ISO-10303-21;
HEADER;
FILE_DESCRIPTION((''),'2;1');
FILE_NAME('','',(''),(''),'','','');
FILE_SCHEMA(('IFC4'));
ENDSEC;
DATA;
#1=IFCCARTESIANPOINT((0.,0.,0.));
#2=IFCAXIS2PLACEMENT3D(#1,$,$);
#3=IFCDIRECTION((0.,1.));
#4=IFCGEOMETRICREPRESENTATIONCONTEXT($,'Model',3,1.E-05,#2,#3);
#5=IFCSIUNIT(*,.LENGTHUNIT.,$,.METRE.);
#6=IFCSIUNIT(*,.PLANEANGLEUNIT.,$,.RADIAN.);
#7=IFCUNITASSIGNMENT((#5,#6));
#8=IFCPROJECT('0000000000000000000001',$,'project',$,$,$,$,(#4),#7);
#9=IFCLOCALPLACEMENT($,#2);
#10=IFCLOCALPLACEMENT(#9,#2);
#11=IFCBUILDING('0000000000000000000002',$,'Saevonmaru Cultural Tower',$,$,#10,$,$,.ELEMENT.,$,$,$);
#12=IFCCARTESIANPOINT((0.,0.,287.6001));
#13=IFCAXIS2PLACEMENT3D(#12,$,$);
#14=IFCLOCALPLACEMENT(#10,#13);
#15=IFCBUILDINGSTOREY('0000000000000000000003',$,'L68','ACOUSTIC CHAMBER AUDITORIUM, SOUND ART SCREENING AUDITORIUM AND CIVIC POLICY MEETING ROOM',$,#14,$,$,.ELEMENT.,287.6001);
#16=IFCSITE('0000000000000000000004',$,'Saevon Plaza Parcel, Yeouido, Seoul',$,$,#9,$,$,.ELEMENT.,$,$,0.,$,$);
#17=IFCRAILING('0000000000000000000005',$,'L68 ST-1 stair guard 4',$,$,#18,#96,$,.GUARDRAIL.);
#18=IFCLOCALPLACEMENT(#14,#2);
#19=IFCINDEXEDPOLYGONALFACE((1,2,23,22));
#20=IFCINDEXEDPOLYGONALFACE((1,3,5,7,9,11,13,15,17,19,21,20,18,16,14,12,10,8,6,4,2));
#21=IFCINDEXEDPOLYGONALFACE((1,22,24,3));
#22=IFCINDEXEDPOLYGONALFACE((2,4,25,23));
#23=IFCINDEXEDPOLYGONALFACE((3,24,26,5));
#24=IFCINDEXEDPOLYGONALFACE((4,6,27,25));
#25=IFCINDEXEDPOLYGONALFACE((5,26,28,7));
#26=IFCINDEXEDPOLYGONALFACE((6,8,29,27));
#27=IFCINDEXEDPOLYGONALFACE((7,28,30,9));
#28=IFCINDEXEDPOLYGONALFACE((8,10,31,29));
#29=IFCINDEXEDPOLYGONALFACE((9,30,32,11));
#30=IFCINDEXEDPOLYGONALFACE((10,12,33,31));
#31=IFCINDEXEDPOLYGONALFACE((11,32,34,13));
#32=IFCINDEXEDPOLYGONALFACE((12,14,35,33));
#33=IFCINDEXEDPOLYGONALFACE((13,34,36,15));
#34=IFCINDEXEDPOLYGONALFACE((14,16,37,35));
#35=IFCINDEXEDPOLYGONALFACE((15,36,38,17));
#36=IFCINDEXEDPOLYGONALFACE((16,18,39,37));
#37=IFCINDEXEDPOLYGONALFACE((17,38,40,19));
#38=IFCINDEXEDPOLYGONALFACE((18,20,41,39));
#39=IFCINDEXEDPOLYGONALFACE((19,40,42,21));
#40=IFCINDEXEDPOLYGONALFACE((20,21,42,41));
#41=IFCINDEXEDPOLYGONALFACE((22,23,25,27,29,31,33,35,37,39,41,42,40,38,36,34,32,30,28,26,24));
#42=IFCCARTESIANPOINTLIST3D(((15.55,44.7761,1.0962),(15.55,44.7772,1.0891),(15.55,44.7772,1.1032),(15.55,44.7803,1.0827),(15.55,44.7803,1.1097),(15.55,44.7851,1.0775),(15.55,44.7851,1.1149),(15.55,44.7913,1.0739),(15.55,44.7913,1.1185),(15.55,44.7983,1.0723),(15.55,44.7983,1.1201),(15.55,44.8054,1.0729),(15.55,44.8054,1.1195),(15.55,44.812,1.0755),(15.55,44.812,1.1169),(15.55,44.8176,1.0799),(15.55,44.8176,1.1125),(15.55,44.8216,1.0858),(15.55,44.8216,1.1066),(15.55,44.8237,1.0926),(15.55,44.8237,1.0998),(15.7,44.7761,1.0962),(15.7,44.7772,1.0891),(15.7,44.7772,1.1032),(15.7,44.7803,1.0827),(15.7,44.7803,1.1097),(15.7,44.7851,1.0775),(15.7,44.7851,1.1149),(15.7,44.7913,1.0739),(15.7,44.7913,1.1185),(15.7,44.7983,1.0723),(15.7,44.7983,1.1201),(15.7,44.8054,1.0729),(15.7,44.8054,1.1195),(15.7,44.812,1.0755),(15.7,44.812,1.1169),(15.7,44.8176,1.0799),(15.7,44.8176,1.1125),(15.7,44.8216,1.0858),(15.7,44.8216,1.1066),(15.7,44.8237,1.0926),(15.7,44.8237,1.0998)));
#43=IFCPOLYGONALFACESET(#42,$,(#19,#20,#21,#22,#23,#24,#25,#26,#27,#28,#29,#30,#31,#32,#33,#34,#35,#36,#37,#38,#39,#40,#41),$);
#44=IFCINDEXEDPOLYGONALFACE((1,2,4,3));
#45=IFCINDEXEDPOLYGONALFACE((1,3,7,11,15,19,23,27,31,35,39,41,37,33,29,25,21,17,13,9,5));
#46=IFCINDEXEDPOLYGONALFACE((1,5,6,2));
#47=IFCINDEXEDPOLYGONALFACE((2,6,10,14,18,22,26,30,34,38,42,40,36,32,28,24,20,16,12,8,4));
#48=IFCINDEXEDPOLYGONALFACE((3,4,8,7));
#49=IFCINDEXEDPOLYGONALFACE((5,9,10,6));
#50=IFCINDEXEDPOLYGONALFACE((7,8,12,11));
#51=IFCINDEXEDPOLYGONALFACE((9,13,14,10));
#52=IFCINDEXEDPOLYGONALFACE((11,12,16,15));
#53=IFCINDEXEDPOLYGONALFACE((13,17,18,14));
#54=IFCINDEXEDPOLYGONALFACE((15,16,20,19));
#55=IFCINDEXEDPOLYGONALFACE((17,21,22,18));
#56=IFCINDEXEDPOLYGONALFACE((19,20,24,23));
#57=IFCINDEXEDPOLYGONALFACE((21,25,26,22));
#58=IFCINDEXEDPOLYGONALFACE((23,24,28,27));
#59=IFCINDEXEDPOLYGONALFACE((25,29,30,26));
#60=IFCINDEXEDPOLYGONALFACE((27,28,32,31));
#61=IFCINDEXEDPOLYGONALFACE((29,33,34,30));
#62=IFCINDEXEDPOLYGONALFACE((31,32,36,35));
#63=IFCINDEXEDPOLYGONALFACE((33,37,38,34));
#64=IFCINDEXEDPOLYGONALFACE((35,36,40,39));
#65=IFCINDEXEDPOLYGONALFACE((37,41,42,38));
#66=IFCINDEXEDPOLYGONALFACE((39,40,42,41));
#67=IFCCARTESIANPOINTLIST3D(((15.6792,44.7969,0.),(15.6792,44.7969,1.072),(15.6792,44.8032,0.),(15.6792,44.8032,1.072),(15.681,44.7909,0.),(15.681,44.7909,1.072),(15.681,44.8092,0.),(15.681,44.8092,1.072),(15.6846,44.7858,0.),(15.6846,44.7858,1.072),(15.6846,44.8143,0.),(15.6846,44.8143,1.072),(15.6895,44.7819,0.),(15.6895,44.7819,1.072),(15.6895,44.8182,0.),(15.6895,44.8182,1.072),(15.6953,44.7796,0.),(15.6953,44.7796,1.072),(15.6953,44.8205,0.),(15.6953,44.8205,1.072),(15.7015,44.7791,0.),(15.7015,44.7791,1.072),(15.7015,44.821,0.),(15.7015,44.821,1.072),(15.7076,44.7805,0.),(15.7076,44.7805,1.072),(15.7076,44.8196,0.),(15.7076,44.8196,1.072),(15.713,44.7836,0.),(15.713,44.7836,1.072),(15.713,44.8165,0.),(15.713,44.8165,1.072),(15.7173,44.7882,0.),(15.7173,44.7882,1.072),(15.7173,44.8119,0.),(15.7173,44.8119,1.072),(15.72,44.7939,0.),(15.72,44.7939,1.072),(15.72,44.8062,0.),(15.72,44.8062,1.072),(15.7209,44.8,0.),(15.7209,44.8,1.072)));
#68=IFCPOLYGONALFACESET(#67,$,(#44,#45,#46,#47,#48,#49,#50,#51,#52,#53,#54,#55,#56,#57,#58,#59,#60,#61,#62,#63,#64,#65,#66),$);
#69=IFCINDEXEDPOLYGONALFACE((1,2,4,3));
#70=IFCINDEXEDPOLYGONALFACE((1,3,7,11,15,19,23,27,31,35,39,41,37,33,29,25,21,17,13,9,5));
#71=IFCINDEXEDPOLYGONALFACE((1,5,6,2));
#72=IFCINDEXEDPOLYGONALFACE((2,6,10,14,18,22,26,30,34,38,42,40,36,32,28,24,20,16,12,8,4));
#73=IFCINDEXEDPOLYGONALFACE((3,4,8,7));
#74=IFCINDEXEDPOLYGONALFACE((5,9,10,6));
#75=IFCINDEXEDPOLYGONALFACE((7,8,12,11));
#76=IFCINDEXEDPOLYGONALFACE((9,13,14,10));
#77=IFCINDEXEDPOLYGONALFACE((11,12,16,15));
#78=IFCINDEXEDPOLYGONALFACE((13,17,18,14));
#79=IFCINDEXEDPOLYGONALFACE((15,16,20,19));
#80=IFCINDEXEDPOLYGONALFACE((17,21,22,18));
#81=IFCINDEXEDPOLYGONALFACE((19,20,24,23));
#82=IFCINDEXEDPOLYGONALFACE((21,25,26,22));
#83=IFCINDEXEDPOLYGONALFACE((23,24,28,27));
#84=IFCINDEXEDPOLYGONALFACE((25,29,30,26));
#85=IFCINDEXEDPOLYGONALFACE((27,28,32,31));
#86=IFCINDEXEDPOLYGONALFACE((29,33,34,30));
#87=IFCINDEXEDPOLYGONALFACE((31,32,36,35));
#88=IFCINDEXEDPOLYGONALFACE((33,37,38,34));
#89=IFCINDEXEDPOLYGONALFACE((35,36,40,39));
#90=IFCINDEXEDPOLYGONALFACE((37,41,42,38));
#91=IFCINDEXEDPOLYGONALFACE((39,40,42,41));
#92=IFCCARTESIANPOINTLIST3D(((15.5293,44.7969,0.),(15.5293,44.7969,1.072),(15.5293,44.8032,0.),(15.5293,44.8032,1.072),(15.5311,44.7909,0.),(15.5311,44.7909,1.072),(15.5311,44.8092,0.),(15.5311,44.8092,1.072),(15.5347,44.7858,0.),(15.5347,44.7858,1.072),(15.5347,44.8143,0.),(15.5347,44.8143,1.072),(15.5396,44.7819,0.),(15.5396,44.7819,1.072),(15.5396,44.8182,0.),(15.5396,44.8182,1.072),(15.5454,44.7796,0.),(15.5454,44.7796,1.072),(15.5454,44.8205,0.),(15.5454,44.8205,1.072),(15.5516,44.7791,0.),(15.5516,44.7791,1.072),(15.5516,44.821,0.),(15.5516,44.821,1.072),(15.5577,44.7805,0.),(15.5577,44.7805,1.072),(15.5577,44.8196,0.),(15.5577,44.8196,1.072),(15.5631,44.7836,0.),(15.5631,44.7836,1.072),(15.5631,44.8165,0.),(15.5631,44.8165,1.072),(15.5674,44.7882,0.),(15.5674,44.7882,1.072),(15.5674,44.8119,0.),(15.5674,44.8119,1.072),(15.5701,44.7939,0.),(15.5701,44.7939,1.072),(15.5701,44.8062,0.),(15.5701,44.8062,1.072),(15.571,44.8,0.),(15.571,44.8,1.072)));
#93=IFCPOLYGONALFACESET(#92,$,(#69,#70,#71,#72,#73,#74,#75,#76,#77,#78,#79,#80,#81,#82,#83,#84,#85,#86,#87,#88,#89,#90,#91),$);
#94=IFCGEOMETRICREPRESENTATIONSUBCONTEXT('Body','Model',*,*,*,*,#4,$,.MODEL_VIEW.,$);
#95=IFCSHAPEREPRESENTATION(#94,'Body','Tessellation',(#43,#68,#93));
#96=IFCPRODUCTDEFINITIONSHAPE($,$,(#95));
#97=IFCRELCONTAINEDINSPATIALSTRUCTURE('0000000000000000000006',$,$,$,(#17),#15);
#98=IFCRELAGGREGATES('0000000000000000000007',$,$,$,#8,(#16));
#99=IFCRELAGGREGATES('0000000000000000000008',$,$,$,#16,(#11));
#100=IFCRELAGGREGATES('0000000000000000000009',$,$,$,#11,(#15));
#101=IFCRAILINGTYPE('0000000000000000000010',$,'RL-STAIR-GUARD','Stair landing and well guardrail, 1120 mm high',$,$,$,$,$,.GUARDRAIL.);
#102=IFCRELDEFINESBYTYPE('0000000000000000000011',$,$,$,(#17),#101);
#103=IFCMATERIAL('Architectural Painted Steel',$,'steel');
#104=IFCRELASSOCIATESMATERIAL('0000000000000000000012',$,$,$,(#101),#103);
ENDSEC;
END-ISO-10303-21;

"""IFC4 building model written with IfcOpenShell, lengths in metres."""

from ifc_helpers import new_model, si_unit, direction, frame, origin, origin_2d, place, context, subcontext, project, spatial, circle, extrude, material, type_object, element, save


model = new_model("IFC4")

# Units and contexts
model_context = context("Model", 3, precision=1e-05, world=origin(), true_north=direction((0.0, 1.0)))
body_context = subcontext(model_context, "Body", "Model", "MODEL_VIEW")
ifc_project = project(units=[si_unit("LENGTHUNIT", "METRE"), si_unit("PLANEANGLEUNIT", "RADIAN")], contexts=[model_context])

# Site, building, storey
site_placement = place(None, origin())
site = spatial("IfcSite", under=ifc_project, at=site_placement, Name="Saevon Plaza Parcel, Yeouido, Seoul", CompositionType="ELEMENT", RefElevation=0.0)
building_placement = place(site_placement, origin())
building = spatial("IfcBuilding", under=site, at=building_placement, Name="Saevonmaru Cultural Tower", CompositionType="ELEMENT")
storey_placement = place(building_placement, frame((0.0, 0.0, 287.6001)))
storey = spatial("IfcBuildingStorey", under=building, at=storey_placement, Name="L68", Description="ACOUSTIC CHAMBER AUDITORIUM, SOUND ART SCREENING AUDITORIUM AND CIVIC POLICY MEETING ROOM", CompositionType="ELEMENT", Elevation=287.6001)

# Railing
ifc_material_1 = material(Name="Architectural Painted Steel", Category="steel")
railing_type = type_object("IfcRailingType", Name="RL-STAIR-GUARD", Description="Stair landing and well guardrail, 1120 mm high", PredefinedType="GUARDRAIL", material=ifc_material_1)
railing_1_placement = place(storey_placement, frame((15.7, 44.8, 0.0)))
element("IfcRailing", 1, at=railing_1_placement, inside=storey, type_object=railing_type, Name="L68 ST-1 stair guard 4", PredefinedType="GUARDRAIL", context=body_context, shape_type="SweptSolid", body=[
    extrude(circle(Radius=0.0239, at=origin_2d()), frame((0.0, 0.0, 1.0962), z_axis=(-1.0, 0.0, 0.0), x_axis=(0.0, -1.0, 0.0)), (0.0, 0.0, 1.0), 0.1499),
    extrude(circle(Radius=0.021, at=origin_2d()), origin(), (0.0, 0.0, 1.0), 1.072),
    extrude(circle(Radius=0.021, at=origin_2d()), frame((-0.1499, 0.0, 0.0)), (0.0, 0.0, 1.0), 1.072),
])

save(model, "model.ifc")
